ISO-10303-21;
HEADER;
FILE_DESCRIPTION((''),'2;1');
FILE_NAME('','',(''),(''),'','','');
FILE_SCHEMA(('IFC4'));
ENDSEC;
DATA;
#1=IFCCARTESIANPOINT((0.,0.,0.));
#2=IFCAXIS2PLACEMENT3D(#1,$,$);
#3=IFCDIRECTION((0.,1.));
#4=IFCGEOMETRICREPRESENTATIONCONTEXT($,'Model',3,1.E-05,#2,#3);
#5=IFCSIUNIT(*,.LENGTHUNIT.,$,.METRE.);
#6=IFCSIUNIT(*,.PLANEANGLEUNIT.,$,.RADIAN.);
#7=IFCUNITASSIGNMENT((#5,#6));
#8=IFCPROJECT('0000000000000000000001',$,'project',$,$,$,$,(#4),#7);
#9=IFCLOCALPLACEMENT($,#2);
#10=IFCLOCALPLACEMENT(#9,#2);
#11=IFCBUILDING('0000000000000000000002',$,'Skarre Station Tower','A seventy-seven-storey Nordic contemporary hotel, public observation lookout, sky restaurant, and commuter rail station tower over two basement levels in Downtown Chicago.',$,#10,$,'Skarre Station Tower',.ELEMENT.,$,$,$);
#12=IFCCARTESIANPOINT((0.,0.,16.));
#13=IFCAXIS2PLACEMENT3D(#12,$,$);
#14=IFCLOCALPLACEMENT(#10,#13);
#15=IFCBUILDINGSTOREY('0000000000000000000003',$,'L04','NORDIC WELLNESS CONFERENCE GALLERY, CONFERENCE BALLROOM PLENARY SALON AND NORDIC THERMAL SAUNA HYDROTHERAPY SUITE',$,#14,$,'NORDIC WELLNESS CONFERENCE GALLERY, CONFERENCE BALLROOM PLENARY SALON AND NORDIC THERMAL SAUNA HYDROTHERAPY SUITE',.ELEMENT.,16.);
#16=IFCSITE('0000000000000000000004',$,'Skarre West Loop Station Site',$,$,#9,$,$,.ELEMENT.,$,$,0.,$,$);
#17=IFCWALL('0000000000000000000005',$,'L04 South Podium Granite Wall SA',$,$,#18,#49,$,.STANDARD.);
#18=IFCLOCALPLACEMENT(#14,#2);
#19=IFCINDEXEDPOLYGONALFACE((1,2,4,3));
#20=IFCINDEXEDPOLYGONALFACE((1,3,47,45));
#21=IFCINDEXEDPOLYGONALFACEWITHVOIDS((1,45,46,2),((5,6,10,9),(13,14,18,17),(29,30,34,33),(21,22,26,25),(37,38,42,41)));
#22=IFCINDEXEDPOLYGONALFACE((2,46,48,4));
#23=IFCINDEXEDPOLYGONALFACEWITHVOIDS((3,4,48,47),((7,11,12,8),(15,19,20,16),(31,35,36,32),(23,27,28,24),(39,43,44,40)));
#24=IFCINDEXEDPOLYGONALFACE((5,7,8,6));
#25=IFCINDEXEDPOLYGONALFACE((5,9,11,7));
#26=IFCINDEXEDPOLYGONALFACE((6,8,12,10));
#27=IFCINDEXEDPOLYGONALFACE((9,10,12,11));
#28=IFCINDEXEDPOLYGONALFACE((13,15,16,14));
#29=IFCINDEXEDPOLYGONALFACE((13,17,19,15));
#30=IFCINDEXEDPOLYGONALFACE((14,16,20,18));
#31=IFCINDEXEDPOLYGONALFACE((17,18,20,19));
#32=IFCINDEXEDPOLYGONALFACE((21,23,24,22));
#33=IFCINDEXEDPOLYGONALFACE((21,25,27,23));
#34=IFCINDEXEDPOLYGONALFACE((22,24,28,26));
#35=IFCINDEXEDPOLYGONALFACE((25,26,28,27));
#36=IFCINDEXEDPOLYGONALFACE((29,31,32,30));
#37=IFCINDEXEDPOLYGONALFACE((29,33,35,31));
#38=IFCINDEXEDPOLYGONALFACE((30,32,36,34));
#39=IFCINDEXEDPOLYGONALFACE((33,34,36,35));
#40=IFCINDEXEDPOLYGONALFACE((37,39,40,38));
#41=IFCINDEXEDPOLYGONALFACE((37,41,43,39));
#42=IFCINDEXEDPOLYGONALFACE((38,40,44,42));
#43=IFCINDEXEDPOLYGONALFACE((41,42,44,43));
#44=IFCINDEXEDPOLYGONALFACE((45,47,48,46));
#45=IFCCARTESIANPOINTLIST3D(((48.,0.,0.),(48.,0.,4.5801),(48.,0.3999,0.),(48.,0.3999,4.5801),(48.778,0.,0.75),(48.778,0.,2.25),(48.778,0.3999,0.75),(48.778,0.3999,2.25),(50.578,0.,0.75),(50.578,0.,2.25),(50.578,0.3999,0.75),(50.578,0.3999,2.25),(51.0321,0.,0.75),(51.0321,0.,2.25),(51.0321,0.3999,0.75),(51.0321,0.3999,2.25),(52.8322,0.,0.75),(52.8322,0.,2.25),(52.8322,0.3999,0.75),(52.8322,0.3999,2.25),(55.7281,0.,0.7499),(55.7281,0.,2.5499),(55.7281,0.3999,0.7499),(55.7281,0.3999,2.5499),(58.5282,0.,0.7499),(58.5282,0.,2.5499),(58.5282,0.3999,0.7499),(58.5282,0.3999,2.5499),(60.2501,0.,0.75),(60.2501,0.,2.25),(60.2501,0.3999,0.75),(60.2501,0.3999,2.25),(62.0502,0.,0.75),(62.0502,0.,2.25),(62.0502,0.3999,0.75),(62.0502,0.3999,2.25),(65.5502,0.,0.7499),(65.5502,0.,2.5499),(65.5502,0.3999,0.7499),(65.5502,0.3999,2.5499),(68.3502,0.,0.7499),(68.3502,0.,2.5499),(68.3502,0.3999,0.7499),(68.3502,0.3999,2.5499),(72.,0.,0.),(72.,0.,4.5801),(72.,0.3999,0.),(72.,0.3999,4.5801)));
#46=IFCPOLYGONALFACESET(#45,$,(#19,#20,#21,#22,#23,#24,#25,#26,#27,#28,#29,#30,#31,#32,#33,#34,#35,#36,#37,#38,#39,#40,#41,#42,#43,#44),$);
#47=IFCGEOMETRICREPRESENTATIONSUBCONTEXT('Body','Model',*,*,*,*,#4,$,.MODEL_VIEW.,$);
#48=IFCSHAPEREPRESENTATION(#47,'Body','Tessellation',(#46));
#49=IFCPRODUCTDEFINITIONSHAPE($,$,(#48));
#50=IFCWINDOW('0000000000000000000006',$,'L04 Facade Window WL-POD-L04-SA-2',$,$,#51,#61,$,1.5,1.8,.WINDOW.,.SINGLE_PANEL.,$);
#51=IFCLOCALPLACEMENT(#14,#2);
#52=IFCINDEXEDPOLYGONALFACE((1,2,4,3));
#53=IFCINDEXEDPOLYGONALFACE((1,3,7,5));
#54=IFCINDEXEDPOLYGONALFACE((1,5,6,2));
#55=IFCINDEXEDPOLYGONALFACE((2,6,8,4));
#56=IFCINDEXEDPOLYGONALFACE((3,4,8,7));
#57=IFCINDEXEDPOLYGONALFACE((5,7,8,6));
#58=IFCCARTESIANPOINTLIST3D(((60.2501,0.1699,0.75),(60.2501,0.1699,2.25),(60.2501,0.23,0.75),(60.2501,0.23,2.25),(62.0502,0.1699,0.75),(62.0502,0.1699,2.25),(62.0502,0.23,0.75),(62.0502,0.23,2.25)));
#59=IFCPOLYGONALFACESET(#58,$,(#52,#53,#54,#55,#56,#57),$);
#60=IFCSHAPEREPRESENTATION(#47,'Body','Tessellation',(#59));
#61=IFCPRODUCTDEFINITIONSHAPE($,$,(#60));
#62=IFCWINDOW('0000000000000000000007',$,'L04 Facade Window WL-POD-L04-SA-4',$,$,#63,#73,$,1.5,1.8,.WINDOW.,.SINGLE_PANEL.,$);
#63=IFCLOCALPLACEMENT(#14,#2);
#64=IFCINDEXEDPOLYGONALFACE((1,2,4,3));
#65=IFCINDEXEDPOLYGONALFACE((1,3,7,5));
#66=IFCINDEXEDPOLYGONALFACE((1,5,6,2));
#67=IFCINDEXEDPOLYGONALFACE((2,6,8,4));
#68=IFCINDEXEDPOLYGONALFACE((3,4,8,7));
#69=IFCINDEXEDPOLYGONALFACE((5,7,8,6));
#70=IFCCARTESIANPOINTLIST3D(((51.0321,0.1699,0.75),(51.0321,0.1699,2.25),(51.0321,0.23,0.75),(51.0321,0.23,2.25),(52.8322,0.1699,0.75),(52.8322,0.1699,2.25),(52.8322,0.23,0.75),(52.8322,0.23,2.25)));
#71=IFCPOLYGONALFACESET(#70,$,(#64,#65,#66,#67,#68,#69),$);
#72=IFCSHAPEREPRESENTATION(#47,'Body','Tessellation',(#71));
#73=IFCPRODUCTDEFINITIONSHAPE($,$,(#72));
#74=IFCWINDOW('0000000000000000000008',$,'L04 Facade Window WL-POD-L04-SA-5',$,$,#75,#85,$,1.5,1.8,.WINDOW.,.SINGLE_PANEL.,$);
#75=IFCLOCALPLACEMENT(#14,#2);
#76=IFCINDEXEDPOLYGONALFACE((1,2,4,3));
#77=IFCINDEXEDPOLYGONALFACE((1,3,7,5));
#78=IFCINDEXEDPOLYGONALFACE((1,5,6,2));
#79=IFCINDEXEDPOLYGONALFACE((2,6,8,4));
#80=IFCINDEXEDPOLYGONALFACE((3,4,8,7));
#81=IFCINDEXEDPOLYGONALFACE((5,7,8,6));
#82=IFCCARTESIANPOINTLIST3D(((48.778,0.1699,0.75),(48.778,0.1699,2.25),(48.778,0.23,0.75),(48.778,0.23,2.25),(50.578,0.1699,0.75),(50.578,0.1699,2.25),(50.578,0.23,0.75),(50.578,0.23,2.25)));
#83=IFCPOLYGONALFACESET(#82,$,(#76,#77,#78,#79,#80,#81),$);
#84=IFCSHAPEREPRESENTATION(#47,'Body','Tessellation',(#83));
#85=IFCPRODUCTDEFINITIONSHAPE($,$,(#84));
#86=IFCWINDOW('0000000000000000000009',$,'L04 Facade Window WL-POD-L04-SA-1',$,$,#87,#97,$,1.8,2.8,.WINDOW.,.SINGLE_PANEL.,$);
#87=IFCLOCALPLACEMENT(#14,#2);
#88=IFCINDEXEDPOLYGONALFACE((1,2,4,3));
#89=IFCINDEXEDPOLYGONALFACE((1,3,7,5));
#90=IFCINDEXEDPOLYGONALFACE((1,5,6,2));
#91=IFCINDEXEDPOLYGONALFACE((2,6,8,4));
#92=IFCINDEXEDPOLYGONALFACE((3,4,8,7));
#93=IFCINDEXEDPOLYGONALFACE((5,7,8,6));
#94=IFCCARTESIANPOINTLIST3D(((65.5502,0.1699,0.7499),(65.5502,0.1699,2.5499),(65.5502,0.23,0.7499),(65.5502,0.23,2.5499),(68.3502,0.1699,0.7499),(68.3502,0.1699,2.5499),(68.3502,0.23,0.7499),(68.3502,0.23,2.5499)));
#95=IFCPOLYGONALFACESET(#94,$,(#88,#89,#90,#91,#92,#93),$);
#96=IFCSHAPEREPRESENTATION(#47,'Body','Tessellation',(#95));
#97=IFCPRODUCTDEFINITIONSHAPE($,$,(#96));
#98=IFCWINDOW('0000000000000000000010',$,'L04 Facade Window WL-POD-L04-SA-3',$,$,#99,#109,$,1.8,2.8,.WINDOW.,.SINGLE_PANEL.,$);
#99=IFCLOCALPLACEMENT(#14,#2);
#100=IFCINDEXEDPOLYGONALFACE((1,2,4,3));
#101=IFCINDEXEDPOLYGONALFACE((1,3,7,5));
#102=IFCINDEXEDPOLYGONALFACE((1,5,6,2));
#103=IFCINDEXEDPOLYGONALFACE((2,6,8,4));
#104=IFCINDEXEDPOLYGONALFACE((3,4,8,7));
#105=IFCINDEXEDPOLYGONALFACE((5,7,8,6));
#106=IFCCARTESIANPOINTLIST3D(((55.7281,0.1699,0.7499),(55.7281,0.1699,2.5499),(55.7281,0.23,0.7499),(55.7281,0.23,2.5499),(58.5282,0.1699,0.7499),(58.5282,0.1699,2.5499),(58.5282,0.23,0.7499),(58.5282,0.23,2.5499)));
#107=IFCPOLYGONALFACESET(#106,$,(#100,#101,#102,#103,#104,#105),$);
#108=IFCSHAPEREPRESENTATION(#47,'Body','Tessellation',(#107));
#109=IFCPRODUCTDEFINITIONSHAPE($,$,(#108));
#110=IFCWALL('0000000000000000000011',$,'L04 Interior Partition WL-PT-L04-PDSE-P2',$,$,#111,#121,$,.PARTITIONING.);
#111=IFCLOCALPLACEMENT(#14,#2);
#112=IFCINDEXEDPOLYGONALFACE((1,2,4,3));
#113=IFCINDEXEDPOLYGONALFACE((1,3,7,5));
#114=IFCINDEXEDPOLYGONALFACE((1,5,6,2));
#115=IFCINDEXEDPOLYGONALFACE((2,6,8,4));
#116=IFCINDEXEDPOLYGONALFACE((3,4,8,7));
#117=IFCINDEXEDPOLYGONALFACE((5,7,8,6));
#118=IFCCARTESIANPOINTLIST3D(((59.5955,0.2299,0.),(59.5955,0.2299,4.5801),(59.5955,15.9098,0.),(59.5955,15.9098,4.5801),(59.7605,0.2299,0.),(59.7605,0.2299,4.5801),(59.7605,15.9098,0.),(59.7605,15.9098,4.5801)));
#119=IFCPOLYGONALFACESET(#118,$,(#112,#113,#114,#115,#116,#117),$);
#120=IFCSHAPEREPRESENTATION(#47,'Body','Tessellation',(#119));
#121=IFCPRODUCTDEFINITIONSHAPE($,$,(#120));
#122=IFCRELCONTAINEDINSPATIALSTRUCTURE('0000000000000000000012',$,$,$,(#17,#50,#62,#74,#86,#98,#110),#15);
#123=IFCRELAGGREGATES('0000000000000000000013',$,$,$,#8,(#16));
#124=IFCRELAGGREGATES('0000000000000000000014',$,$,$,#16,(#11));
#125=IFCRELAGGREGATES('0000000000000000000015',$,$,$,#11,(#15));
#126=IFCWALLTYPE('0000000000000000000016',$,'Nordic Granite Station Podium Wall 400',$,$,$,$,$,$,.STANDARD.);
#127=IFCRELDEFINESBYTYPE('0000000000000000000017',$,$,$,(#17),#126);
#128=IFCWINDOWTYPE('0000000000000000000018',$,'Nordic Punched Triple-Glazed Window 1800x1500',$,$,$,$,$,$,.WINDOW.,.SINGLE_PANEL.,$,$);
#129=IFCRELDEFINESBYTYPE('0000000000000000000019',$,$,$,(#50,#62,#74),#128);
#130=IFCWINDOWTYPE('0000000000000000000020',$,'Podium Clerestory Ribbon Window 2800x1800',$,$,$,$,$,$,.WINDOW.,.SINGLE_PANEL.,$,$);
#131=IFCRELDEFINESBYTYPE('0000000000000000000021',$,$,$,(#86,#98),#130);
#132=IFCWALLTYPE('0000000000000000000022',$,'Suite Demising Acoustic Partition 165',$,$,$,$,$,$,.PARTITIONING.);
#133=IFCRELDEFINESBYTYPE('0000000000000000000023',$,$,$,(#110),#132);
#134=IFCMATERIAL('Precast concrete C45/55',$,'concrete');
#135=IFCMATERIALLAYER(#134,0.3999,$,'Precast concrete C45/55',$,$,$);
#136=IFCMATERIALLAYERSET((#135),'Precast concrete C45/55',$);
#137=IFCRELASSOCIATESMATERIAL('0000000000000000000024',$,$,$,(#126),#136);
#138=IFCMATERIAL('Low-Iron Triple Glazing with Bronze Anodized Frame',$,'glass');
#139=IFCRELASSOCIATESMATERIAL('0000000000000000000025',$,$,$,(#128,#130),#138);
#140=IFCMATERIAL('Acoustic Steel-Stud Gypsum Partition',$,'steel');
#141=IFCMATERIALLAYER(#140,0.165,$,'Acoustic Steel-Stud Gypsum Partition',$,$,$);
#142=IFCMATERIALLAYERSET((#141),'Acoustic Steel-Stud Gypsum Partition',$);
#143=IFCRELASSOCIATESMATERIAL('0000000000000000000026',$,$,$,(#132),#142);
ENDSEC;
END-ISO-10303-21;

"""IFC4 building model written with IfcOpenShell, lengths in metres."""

from ifc_helpers import new_model, si_unit, direction, frame, frame_2d, origin, place, context, subcontext, project, spatial, rectangle, extrude, material, layer, layer_set, type_object, element, fill, save


model = new_model("IFC4")

# Units and contexts
model_context = context("Model", 3, precision=1e-05, world=origin(), true_north=direction((0.0, 1.0)))
body_context = subcontext(model_context, "Body", "Model", "MODEL_VIEW")
ifc_project = project(units=[si_unit("LENGTHUNIT", "METRE"), si_unit("PLANEANGLEUNIT", "RADIAN")], contexts=[model_context])

# Site, building, storey
site_placement = place(None, origin())
site = spatial("IfcSite", under=ifc_project, at=site_placement, Name="Skarre West Loop Station Site", CompositionType="ELEMENT", RefElevation=0.0)
building_placement = place(site_placement, origin())
building = spatial("IfcBuilding", under=site, at=building_placement, Name="Skarre Station Tower", Description="A seventy-seven-storey Nordic contemporary hotel, public observation lookout, sky restaurant, and commuter rail station tower over two basement levels in Downtown Chicago.", LongName="Skarre Station Tower", CompositionType="ELEMENT")
storey_placement = place(building_placement, frame((0.0, 0.0, 16.0)))
storey = spatial("IfcBuildingStorey", under=building, at=storey_placement, Name="L04", Description="NORDIC WELLNESS CONFERENCE GALLERY, CONFERENCE BALLROOM PLENARY SALON AND NORDIC THERMAL SAUNA HYDROTHERAPY SUITE", LongName="NORDIC WELLNESS CONFERENCE GALLERY, CONFERENCE BALLROOM PLENARY SALON AND NORDIC THERMAL SAUNA HYDROTHERAPY SUITE", CompositionType="ELEMENT", Elevation=16.0)

# Shared definitions
ifc_material_1 = material(Name="Acoustic Steel-Stud Gypsum Partition", Category="steel")

# Wall, openings, windows
ifc_material_2 = material(Name="Precast concrete C45/55", Category="concrete")
ifc_layer_1 = layer(ifc_material_2, 0.3999, Name="Precast concrete C45/55")
ifc_layer_set_1 = layer_set([ifc_layer_1], Name="Precast concrete C45/55")
wall_type_1 = type_object("IfcWallType", Name="Nordic Granite Station Podium Wall 400", PredefinedType="STANDARD", material=ifc_layer_set_1)
wall_1_placement = place(storey_placement, frame((72.0, 0.2, 0.0), z_axis=(0.0, 0.0, 1.0), x_axis=(-1.0, 0.0, 0.0)))
wall_1 = element("IfcWall", 1, at=wall_1_placement, inside=storey, type_object=wall_type_1, Name="L04 South Podium Granite Wall SA", PredefinedType="STANDARD", context=body_context, shape_type="SweptSolid", body=[
    extrude(rectangle(XDim=24.0, YDim=0.3999, at=frame_2d((12.0, 0.0))), origin(), (0.0, 0.0, 1.0), 4.5801),
])
opening_1_placement = place(wall_1_placement, frame((3.6499, 0.0, 0.75)))
opening_1 = element("IfcOpeningElement", 2, at=opening_1_placement, cuts=wall_1, PredefinedType="OPENING", context=body_context, shape_type="SweptSolid", body=[
    extrude(rectangle(XDim=2.8, YDim=1.8, at=frame_2d((1.3999, 0.8999))), frame((0.0, 0.21, 0.0), z_axis=(0.0, -1.0, 0.0), x_axis=(1.0, 0.0, 0.0)), (0.0, 0.0, 1.0), 0.4199),
])
opening_2_placement = place(wall_1_placement, frame((9.95, 0.0, 0.75)))
opening_2 = element("IfcOpeningElement", 3, at=opening_2_placement, cuts=wall_1, PredefinedType="OPENING", context=body_context, shape_type="SweptSolid", body=[
    extrude(rectangle(XDim=1.8, YDim=1.5, at=frame_2d((0.8999, 0.75))), frame((0.0, 0.21, 0.0), z_axis=(0.0, -1.0, 0.0), x_axis=(1.0, 0.0, 0.0)), (0.0, 0.0, 1.0), 0.4199),
])
opening_3_placement = place(wall_1_placement, frame((13.4719, 0.0, 0.75)))
opening_3 = element("IfcOpeningElement", 4, at=opening_3_placement, cuts=wall_1, PredefinedType="OPENING", context=body_context, shape_type="SweptSolid", body=[
    extrude(rectangle(XDim=2.8, YDim=1.8, at=frame_2d((1.3999, 0.8999))), frame((0.0, 0.21, 0.0), z_axis=(0.0, -1.0, 0.0), x_axis=(1.0, 0.0, 0.0)), (0.0, 0.0, 1.0), 0.4199),
])
opening_4_placement = place(wall_1_placement, frame((19.168, 0.0, 0.75)))
opening_4 = element("IfcOpeningElement", 5, at=opening_4_placement, cuts=wall_1, PredefinedType="OPENING", context=body_context, shape_type="SweptSolid", body=[
    extrude(rectangle(XDim=1.8, YDim=1.5, at=frame_2d((0.8999, 0.75))), frame((0.0, 0.21, 0.0), z_axis=(0.0, -1.0, 0.0), x_axis=(1.0, 0.0, 0.0)), (0.0, 0.0, 1.0), 0.4199),
])
opening_5_placement = place(wall_1_placement, frame((21.4221, 0.0, 0.75)))
opening_5 = element("IfcOpeningElement", 6, at=opening_5_placement, cuts=wall_1, PredefinedType="OPENING", context=body_context, shape_type="SweptSolid", body=[
    extrude(rectangle(XDim=1.8, YDim=1.5, at=frame_2d((0.8999, 0.75))), frame((0.0, 0.21, 0.0), z_axis=(0.0, -1.0, 0.0), x_axis=(1.0, 0.0, 0.0)), (0.0, 0.0, 1.0), 0.4199),
])
ifc_material_3 = material(Name="Low-Iron Triple Glazing with Bronze Anodized Frame", Category="glass")
window_type_1 = type_object("IfcWindowType", Name="Nordic Punched Triple-Glazed Window 1800x1500", PartitioningType="SINGLE_PANEL", PredefinedType="WINDOW", material=ifc_material_3)
window_1_placement = place(opening_2_placement, origin())
window_1 = element("IfcWindow", 7, at=window_1_placement, inside=storey, type_object=window_type_1, Name="L04 Facade Window WL-POD-L04-SA-2", OverallHeight=1.5, OverallWidth=1.8, PartitioningType="SINGLE_PANEL", PredefinedType="WINDOW", context=body_context, shape_type="SweptSolid", body=[
    extrude(rectangle(XDim=1.8, YDim=1.5, at=frame_2d((0.8999, 0.75))), frame((0.0, 0.03, 0.0), z_axis=(0.0, -1.0, 0.0), x_axis=(1.0, 0.0, 0.0)), (0.0, 0.0, 1.0), 0.0601),
])
fill(opening_2, window_1)
window_2_placement = place(opening_4_placement, origin())
window_2 = element("IfcWindow", 8, at=window_2_placement, inside=storey, type_object=window_type_1, Name="L04 Facade Window WL-POD-L04-SA-4", OverallHeight=1.5, OverallWidth=1.8, PartitioningType="SINGLE_PANEL", PredefinedType="WINDOW", context=body_context, shape_type="SweptSolid", body=[
    extrude(rectangle(XDim=1.8, YDim=1.5, at=frame_2d((0.8999, 0.75))), frame((0.0, 0.03, 0.0), z_axis=(0.0, -1.0, 0.0), x_axis=(1.0, 0.0, 0.0)), (0.0, 0.0, 1.0), 0.0601),
])
fill(opening_4, window_2)
window_3_placement = place(opening_5_placement, origin())
window_3 = element("IfcWindow", 9, at=window_3_placement, inside=storey, type_object=window_type_1, Name="L04 Facade Window WL-POD-L04-SA-5", OverallHeight=1.5, OverallWidth=1.8, PartitioningType="SINGLE_PANEL", PredefinedType="WINDOW", context=body_context, shape_type="SweptSolid", body=[
    extrude(rectangle(XDim=1.8, YDim=1.5, at=frame_2d((0.8999, 0.75))), frame((0.0, 0.03, 0.0), z_axis=(0.0, -1.0, 0.0), x_axis=(1.0, 0.0, 0.0)), (0.0, 0.0, 1.0), 0.0601),
])
fill(opening_5, window_3)
window_type_2 = type_object("IfcWindowType", Name="Podium Clerestory Ribbon Window 2800x1800", PartitioningType="SINGLE_PANEL", PredefinedType="WINDOW", material=ifc_material_3)
window_4_placement = place(opening_1_placement, origin())
window_4 = element("IfcWindow", 10, at=window_4_placement, inside=storey, type_object=window_type_2, Name="L04 Facade Window WL-POD-L04-SA-1", OverallHeight=1.8, OverallWidth=2.8, PartitioningType="SINGLE_PANEL", PredefinedType="WINDOW", context=body_context, shape_type="SweptSolid", body=[
    extrude(rectangle(XDim=2.8, YDim=1.8, at=frame_2d((1.3999, 0.8999))), frame((0.0, 0.03, 0.0), z_axis=(0.0, -1.0, 0.0), x_axis=(1.0, 0.0, 0.0)), (0.0, 0.0, 1.0), 0.0601),
])
fill(opening_1, window_4)
window_5_placement = place(opening_3_placement, origin())
window_5 = element("IfcWindow", 11, at=window_5_placement, inside=storey, type_object=window_type_2, Name="L04 Facade Window WL-POD-L04-SA-3", OverallHeight=1.8, OverallWidth=2.8, PartitioningType="SINGLE_PANEL", PredefinedType="WINDOW", context=body_context, shape_type="SweptSolid", body=[
    extrude(rectangle(XDim=2.8, YDim=1.8, at=frame_2d((1.3999, 0.8999))), frame((0.0, 0.03, 0.0), z_axis=(0.0, -1.0, 0.0), x_axis=(1.0, 0.0, 0.0)), (0.0, 0.0, 1.0), 0.0601),
])
fill(opening_3, window_5)

# Wall
ifc_layer_2 = layer(ifc_material_1, 0.165, Name="Acoustic Steel-Stud Gypsum Partition")
ifc_layer_set_2 = layer_set([ifc_layer_2], Name="Acoustic Steel-Stud Gypsum Partition")
wall_type_2 = type_object("IfcWallType", Name="Suite Demising Acoustic Partition 165", PredefinedType="PARTITIONING", material=ifc_layer_set_2)
wall_2_placement = place(storey_placement, frame((59.678, 0.23, 0.0), z_axis=(0.0, 0.0, 1.0), x_axis=(0.0, 1.0, 0.0)))
element("IfcWall", 12, at=wall_2_placement, inside=storey, type_object=wall_type_2, Name="L04 Interior Partition WL-PT-L04-PDSE-P2", PredefinedType="PARTITIONING", context=body_context, shape_type="SweptSolid", body=[
    extrude(rectangle(XDim=15.6799, YDim=0.165, at=frame_2d((7.8398, 0.0))), origin(), (0.0, 0.0, 1.0), 4.5801),
])

save(model, "model.ifc")
